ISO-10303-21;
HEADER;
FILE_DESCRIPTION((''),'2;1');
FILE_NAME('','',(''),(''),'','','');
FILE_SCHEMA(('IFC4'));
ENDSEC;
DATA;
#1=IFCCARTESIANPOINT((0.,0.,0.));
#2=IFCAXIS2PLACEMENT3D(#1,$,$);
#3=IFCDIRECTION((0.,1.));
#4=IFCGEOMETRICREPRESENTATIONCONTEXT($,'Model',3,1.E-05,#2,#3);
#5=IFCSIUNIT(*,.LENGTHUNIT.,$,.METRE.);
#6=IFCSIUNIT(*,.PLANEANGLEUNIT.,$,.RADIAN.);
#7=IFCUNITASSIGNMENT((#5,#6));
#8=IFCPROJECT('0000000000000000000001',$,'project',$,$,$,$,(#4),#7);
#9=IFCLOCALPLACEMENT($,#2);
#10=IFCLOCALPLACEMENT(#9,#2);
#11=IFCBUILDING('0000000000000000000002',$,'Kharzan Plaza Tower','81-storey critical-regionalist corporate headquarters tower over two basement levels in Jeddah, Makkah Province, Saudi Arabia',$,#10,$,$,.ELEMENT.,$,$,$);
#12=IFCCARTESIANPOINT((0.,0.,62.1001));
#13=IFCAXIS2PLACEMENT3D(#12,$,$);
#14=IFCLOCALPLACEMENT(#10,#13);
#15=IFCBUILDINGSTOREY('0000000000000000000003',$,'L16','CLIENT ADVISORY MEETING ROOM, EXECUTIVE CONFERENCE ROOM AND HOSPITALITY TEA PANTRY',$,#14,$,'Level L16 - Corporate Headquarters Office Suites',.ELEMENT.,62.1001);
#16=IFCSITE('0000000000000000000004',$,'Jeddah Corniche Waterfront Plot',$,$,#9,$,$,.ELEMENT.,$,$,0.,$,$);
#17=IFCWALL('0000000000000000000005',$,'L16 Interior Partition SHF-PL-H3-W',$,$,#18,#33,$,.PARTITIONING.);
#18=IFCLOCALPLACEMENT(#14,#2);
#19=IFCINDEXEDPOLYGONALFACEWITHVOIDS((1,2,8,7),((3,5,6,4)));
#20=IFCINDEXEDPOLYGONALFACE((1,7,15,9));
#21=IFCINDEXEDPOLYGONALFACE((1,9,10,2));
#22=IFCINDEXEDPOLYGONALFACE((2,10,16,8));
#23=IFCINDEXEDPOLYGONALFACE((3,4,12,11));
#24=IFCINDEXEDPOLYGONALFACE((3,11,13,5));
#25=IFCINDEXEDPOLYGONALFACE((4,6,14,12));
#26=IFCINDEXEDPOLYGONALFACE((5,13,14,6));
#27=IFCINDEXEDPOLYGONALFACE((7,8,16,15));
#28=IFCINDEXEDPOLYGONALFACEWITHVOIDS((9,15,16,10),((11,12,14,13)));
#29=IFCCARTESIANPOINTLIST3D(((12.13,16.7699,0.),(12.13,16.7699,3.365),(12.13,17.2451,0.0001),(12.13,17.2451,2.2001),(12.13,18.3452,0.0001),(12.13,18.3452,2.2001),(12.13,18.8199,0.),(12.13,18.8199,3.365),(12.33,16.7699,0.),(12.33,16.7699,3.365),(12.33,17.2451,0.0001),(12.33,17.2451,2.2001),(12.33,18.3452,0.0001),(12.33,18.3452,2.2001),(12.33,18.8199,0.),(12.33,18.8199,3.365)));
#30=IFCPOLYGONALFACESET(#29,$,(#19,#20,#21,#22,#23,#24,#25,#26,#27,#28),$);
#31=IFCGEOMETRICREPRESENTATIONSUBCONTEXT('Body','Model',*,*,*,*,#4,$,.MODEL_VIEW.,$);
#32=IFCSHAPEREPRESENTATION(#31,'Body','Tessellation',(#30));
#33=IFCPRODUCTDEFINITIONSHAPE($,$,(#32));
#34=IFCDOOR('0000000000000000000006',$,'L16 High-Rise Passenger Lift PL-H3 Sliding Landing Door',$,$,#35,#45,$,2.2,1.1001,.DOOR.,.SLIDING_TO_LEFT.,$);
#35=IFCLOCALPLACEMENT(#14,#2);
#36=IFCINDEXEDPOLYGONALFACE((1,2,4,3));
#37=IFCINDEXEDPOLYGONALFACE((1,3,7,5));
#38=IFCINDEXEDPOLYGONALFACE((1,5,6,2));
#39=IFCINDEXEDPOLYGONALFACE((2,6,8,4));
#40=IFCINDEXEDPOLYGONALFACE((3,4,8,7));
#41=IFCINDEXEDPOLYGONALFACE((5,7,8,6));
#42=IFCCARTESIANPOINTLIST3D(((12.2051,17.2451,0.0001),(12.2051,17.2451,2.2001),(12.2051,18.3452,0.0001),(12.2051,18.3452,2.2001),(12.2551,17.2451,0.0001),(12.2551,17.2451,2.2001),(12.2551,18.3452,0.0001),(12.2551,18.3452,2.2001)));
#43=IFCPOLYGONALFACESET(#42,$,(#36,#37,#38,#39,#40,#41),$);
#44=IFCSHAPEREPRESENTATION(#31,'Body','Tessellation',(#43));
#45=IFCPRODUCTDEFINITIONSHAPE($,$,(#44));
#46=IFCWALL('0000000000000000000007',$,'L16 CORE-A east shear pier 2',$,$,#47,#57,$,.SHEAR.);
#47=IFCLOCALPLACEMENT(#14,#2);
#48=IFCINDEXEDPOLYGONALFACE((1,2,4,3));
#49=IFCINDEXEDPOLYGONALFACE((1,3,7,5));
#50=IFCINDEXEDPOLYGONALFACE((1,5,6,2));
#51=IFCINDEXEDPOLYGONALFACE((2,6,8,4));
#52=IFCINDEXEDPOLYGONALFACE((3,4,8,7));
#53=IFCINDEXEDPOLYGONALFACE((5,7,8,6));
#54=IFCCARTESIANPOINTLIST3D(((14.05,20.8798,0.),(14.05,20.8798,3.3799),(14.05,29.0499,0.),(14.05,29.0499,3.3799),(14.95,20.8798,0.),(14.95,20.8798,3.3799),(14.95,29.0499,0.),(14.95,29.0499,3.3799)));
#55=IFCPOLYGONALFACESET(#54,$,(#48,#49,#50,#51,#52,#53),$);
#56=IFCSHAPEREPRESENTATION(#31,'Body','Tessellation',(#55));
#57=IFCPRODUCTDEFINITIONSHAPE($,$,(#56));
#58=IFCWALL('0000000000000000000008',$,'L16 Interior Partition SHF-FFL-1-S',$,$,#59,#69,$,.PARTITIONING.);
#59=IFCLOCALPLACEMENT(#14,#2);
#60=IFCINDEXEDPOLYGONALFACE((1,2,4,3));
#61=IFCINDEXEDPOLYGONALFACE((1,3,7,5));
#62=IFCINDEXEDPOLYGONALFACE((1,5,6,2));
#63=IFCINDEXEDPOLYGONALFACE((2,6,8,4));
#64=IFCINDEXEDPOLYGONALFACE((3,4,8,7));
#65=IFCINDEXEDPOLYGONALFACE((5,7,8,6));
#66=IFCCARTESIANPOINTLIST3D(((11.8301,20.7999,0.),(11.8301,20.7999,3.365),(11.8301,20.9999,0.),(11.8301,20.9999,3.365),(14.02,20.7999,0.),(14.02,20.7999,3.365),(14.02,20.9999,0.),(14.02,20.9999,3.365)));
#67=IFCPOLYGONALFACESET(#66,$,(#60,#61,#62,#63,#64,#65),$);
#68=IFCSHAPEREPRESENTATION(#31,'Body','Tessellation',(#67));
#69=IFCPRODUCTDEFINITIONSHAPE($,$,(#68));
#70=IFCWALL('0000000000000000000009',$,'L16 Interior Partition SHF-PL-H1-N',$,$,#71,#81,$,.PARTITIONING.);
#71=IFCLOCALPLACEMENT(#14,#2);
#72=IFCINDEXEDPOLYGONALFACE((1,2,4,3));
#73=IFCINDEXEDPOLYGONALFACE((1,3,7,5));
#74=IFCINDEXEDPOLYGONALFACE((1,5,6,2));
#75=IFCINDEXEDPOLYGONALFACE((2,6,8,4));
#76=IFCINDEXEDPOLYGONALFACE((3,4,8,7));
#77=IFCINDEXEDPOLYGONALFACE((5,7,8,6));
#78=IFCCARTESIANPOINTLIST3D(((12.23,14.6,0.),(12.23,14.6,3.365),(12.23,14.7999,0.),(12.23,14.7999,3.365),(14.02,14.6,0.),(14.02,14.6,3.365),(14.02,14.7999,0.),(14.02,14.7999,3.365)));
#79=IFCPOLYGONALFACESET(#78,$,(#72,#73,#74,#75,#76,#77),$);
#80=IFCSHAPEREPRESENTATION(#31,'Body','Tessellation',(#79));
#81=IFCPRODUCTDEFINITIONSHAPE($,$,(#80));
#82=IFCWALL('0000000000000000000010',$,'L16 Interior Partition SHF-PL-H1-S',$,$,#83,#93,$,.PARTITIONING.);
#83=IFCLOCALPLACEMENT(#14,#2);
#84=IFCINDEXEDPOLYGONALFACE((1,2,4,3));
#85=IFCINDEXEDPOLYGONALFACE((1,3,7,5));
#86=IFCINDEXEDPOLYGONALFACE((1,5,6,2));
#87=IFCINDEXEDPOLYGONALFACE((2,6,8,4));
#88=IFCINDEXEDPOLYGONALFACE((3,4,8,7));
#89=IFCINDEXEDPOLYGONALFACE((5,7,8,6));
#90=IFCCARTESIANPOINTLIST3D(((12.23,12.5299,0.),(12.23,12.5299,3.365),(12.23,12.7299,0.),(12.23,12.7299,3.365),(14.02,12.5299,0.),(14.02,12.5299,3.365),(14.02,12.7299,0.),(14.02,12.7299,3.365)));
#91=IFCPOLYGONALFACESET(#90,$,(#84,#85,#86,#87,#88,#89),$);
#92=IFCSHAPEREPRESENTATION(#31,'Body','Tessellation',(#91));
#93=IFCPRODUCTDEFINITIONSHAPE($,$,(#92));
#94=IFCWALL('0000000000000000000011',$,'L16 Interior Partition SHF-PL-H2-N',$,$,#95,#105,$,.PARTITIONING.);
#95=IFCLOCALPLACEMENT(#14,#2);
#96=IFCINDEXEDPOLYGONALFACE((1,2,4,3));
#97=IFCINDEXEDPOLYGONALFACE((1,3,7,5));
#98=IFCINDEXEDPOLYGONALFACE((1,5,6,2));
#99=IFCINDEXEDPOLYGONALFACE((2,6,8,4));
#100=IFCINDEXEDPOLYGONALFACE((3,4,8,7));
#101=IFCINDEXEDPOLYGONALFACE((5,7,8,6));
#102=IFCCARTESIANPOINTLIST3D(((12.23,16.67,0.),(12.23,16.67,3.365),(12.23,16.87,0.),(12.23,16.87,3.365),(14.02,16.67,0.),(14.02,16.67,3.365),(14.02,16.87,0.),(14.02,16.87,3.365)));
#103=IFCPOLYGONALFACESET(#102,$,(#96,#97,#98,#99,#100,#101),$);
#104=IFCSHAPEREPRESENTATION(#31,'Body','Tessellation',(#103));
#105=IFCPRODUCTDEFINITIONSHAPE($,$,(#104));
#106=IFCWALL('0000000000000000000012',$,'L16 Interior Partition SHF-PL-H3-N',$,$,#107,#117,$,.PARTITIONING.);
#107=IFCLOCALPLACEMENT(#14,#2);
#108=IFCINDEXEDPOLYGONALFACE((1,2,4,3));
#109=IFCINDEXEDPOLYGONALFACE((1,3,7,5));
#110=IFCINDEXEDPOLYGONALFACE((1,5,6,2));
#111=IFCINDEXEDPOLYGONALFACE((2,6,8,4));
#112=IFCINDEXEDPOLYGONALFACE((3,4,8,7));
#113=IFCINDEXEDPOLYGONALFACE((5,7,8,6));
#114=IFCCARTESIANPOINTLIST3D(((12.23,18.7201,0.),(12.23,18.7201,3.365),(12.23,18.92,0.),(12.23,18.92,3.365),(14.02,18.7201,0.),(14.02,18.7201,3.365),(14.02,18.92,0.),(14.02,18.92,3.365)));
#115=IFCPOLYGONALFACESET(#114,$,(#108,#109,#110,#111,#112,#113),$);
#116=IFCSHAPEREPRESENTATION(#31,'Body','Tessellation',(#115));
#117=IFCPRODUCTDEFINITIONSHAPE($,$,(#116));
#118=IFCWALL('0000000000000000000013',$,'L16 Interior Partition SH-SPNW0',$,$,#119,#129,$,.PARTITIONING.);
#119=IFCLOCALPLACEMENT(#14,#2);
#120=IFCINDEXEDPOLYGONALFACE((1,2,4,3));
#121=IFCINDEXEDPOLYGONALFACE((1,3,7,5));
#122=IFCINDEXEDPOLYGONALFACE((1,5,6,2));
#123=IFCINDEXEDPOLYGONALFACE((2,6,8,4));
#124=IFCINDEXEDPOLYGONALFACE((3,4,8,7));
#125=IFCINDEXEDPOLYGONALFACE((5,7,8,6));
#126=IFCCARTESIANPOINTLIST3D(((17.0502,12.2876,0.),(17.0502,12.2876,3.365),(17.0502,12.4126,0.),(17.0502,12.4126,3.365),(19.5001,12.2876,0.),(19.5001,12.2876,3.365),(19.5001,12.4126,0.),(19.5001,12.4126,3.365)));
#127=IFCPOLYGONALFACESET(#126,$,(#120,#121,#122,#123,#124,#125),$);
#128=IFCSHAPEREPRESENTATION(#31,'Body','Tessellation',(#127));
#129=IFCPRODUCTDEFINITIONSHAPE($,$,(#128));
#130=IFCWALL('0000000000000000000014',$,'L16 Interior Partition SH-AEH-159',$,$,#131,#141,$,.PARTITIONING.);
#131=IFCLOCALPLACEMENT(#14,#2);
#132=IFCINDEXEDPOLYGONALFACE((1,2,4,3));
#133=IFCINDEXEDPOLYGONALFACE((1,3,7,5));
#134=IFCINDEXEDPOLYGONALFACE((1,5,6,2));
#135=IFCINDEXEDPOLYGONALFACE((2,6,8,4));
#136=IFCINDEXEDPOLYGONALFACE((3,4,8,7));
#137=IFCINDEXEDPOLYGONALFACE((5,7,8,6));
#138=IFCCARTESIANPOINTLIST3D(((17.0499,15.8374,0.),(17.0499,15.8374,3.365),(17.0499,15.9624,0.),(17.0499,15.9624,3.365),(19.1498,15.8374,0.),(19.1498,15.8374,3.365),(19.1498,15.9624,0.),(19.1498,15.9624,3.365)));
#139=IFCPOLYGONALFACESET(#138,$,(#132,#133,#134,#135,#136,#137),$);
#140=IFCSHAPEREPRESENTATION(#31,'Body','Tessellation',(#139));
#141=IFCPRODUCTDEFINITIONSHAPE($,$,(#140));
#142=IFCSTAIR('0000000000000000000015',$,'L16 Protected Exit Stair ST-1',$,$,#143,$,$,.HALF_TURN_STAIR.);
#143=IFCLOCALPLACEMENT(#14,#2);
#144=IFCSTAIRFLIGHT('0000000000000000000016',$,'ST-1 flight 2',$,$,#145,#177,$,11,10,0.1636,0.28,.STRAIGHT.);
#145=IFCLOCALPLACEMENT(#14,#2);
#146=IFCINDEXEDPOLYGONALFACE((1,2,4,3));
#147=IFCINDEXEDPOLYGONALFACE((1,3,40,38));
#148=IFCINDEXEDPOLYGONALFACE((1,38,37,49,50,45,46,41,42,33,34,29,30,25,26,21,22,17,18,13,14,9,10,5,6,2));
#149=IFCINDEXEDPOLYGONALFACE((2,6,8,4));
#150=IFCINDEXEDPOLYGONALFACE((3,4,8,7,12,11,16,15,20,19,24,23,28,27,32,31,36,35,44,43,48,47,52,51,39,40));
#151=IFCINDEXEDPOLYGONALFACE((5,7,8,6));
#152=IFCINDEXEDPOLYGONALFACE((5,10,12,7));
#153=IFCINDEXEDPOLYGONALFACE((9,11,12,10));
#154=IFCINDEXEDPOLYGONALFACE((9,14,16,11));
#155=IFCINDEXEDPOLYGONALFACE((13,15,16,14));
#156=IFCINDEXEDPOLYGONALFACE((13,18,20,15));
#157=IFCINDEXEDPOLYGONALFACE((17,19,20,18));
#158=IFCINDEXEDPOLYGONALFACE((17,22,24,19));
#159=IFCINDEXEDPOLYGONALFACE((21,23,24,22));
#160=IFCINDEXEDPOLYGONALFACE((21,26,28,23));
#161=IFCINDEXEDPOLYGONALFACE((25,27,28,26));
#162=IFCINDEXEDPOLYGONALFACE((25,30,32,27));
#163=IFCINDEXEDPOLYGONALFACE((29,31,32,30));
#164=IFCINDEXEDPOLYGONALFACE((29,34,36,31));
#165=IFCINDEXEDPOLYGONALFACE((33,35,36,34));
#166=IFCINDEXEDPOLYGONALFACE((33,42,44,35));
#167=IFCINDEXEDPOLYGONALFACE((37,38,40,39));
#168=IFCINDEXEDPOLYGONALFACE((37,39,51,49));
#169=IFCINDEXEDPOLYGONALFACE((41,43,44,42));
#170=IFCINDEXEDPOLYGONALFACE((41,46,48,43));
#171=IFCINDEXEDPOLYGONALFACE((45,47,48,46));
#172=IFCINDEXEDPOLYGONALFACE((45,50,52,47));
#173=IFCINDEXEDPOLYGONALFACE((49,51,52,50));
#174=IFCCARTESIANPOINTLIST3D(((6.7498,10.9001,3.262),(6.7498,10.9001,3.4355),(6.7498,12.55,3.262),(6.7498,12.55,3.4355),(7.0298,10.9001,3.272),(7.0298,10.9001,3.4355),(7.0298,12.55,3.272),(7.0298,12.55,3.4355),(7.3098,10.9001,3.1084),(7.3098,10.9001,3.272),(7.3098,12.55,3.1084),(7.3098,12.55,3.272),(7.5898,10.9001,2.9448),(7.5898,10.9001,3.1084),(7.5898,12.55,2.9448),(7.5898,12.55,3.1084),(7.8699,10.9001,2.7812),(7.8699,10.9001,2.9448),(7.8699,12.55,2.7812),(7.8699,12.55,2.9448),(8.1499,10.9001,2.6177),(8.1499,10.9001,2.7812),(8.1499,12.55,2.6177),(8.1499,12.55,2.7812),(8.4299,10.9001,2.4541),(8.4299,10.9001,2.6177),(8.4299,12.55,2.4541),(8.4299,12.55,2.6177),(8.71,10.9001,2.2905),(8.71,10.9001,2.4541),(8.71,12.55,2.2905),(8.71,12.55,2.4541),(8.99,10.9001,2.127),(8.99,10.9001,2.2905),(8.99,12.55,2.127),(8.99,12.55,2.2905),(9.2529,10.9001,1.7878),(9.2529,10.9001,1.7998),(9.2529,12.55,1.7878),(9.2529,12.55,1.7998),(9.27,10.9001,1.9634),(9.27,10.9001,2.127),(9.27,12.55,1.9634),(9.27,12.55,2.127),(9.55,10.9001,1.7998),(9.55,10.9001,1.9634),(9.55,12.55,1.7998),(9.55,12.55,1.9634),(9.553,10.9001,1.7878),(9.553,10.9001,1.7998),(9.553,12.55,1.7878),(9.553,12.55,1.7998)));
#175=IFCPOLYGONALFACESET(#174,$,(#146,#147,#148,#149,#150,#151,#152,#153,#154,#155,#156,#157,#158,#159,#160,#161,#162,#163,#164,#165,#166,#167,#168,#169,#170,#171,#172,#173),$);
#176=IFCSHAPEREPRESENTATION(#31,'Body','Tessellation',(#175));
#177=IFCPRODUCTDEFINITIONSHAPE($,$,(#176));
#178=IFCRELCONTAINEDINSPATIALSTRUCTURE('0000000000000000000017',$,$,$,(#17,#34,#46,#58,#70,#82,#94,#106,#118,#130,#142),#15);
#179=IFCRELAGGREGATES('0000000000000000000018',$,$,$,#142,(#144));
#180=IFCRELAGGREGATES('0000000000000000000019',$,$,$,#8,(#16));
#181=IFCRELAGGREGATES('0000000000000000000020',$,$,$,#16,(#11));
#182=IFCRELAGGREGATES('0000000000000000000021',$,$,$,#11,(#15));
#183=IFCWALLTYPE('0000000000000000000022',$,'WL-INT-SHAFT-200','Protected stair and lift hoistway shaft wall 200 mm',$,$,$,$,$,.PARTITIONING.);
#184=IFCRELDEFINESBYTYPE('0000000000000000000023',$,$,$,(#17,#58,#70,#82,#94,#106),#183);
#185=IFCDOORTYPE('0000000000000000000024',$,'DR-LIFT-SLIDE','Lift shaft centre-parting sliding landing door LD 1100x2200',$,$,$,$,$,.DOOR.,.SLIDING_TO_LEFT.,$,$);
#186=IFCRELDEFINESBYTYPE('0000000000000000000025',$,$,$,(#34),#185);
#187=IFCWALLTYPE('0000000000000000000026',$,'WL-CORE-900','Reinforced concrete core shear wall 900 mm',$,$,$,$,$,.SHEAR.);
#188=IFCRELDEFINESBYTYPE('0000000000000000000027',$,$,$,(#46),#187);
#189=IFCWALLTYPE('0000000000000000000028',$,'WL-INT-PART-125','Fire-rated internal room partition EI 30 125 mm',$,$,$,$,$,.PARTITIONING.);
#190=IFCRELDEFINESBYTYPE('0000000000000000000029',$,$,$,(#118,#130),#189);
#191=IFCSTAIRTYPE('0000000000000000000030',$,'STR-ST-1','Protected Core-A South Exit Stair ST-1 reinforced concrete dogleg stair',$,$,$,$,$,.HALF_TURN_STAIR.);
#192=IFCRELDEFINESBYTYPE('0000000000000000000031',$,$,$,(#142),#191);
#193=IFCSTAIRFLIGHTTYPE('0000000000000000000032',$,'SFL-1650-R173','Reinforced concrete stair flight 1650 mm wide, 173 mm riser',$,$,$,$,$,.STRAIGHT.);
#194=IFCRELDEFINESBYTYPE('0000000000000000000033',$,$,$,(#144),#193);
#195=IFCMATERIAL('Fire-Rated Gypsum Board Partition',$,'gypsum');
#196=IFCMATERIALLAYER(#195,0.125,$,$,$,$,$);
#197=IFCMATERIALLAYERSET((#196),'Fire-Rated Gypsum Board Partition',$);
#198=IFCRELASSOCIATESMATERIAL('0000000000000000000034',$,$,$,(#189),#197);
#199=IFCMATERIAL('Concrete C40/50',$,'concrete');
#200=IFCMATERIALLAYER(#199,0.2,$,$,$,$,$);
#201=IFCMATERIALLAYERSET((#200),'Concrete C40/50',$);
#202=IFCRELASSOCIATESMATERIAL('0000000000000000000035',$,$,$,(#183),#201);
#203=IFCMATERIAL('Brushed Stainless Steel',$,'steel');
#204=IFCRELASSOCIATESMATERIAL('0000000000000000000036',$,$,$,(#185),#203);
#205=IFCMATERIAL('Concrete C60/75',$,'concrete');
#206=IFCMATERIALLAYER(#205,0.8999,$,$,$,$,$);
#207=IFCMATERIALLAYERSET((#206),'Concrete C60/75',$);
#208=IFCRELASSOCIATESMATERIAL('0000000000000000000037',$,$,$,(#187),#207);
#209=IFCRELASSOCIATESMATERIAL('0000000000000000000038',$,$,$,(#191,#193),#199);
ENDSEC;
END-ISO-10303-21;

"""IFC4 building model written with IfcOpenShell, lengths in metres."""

from ifc_helpers import new_model, si_unit, direction, frame, frame_2d, origin, place, context, subcontext, project, spatial, polyline, rectangle, outline, extrude, source, transform, mapped, material, layer, layer_set, type_object, element, fill, aggregate, save


model = new_model("IFC4")

# Units and contexts
model_context = context("Model", 3, precision=1e-05, world=origin(), true_north=direction((0.0, 1.0)))
body_context = subcontext(model_context, "Body", "Model", "MODEL_VIEW")
ifc_project = project(units=[si_unit("LENGTHUNIT", "METRE"), si_unit("PLANEANGLEUNIT", "RADIAN")], contexts=[model_context])

# Site, building, storey
site_placement = place(None, origin())
site = spatial("IfcSite", under=ifc_project, at=site_placement, Name="Jeddah Corniche Waterfront Plot", CompositionType="ELEMENT", RefElevation=0.0)
building_placement = place(site_placement, origin())
building = spatial("IfcBuilding", under=site, at=building_placement, Name="Kharzan Plaza Tower", Description="81-storey critical-regionalist corporate headquarters tower over two basement levels in Jeddah, Makkah Province, Saudi Arabia", CompositionType="ELEMENT")
storey_placement = place(building_placement, frame((0.0, 0.0, 62.1001)))
storey = spatial("IfcBuildingStorey", under=building, at=storey_placement, Name="L16", Description="CLIENT ADVISORY MEETING ROOM, EXECUTIVE CONFERENCE ROOM AND HOSPITALITY TEA PANTRY", LongName="Level L16 - Corporate Headquarters Office Suites", CompositionType="ELEMENT", Elevation=62.1001)

# Shared definitions
ifc_material_1 = material(Name="Concrete C60/75", Category="concrete")

# Wall, opening, door
ifc_material_2 = material(Name="Fire-Rated Gypsum Board Partition", Category="gypsum")
ifc_layer_1 = layer(ifc_material_2, 0.125)
ifc_layer_set_1 = layer_set([ifc_layer_1], Name="Fire-Rated Gypsum Board Partition")
wall_type_1 = type_object("IfcWallType", Name="WL-INT-PART-125", Description="Fire-rated internal room partition EI 30 125 mm", PredefinedType="PARTITIONING", material=ifc_layer_set_1)
ifc_material_3 = material(Name="Concrete C40/50", Category="concrete")
ifc_layer_2 = layer(ifc_material_3, 0.2)
ifc_layer_set_2 = layer_set([ifc_layer_2], Name="Concrete C40/50")
wall_type_2 = type_object("IfcWallType", Name="WL-INT-SHAFT-200", Description="Protected stair and lift hoistway shaft wall 200 mm", PredefinedType="PARTITIONING", material=ifc_layer_set_2)
ifc_material_4 = material(Name="Brushed Stainless Steel", Category="steel")
door_type_1 = type_object("IfcDoorType", Name="DR-LIFT-SLIDE", Description="Lift shaft centre-parting sliding landing door LD 1100x2200", OperationType="SLIDING_TO_LEFT", PredefinedType="DOOR", material=ifc_material_4)
shared_shape_1 = source(origin(), body_context, "Body", "SweptSolid", [
    extrude(rectangle(XDim=1.1001, YDim=2.2, at=frame_2d((0.55, 1.1001))), frame((0.0, 0.0249, 0.0), z_axis=(0.0, -1.0, 0.0), x_axis=(1.0, 0.0, 0.0)), (0.0, 0.0, 1.0), 0.05),
])
wall_1_placement = place(storey_placement, frame((12.23, 16.77, 0.0), z_axis=(0.0, 0.0, 1.0), x_axis=(0.0, 1.0, 0.0)))
wall_1 = element("IfcWall", 1, at=wall_1_placement, inside=storey, type_object=wall_type_2, Name="L16 Interior Partition SHF-PL-H3-W", PredefinedType="PARTITIONING", context=body_context, shape_type="SweptSolid", body=[
    extrude(rectangle(XDim=2.05, YDim=0.2, at=frame_2d((1.0249, 0.0))), origin(), (0.0, 0.0, 1.0), 3.365),
])
opening_1_placement = place(wall_1_placement, frame((0.4751, 0.0, 0.0)))
opening_1 = element("IfcOpeningElement", 2, at=opening_1_placement, cuts=wall_1, PredefinedType="OPENING", context=body_context, shape_type="SweptSolid", body=[
    extrude(rectangle(XDim=1.1001, YDim=2.2, at=frame_2d((0.55, 1.1001))), frame((0.0, 0.1099, 0.0), z_axis=(0.0, -1.0, 0.0), x_axis=(1.0, 0.0, 0.0)), (0.0, 0.0, 1.0), 0.22),
])
door_1_placement = place(opening_1_placement, origin())
door_1 = element("IfcDoor", 3, at=door_1_placement, inside=storey, type_object=door_type_1, Name="L16 High-Rise Passenger Lift PL-H3 Sliding Landing Door", OperationType="SLIDING_TO_LEFT", OverallHeight=2.2, OverallWidth=1.1001, PredefinedType="DOOR", context=body_context, shape_type="MappedRepresentation", body=[
    mapped(shared_shape_1, transform((0.0, 0.0, 0.0), x_axis=(1.0, 0.0, 0.0), y_axis=(0.0, 1.0, 0.0), z_axis=(0.0, 0.0, 1.0))),
])
fill(opening_1, door_1)

# Walls
ifc_layer_3 = layer(ifc_material_1, 0.8999)
ifc_layer_set_3 = layer_set([ifc_layer_3], Name="Concrete C60/75")
wall_type_3 = type_object("IfcWallType", Name="WL-CORE-900", Description="Reinforced concrete core shear wall 900 mm", PredefinedType="SHEAR", material=ifc_layer_set_3)
shared_shape_2 = source(origin(), body_context, "Body", "SweptSolid", [
    extrude(rectangle(XDim=8.1702, YDim=0.8999, at=frame_2d((4.085, 0.0))), origin(), (0.0, 0.0, 1.0), 3.3799),
])
wall_2_placement = place(storey_placement, frame((14.5, 20.8799, 0.0), z_axis=(0.0, 0.0, 1.0), x_axis=(0.0, 1.0, 0.0)))
element("IfcWall", 4, at=wall_2_placement, inside=storey, type_object=wall_type_3, Name="L16 CORE-A east shear pier 2", PredefinedType="SHEAR", context=body_context, shape_type="MappedRepresentation", body=[
    mapped(shared_shape_2, transform((0.0, 0.0, 0.0), x_axis=(1.0, 0.0, 0.0), y_axis=(0.0, 1.0, 0.0), z_axis=(0.0, 0.0, 1.0))),
])
shared_shape_3 = source(origin(), body_context, "Body", "SweptSolid", [
    extrude(rectangle(XDim=2.1899, YDim=0.2, at=frame_2d((1.095, 0.0))), origin(), (0.0, 0.0, 1.0), 3.365),
])
wall_3_placement = place(storey_placement, frame((11.8301, 20.8999, 0.0), z_axis=(0.0, 0.0, 1.0), x_axis=(1.0, 0.0, 0.0)))
element("IfcWall", 5, at=wall_3_placement, inside=storey, type_object=wall_type_2, Name="L16 Interior Partition SHF-FFL-1-S", PredefinedType="PARTITIONING", context=body_context, shape_type="MappedRepresentation", body=[
    mapped(shared_shape_3, transform((0.0, 0.0, 0.0), x_axis=(1.0, 0.0, 0.0), y_axis=(0.0, 1.0, 0.0), z_axis=(0.0, 0.0, 1.0))),
])
shared_shape_4 = source(origin(), body_context, "Body", "SweptSolid", [
    extrude(rectangle(XDim=1.79, YDim=0.2, at=frame_2d((0.895, 0.0))), origin(), (0.0, 0.0, 1.0), 3.365),
])
for number, where, z_axis, x_axis, name in (
    (6, (12.23, 14.7, 0.0), (0.0, 0.0, 1.0), (1.0, 0.0, 0.0), "L16 Interior Partition SHF-PL-H1-N"),
    (7, (12.23, 12.6299, 0.0), (0.0, 0.0, 1.0), (1.0, 0.0, 0.0), "L16 Interior Partition SHF-PL-H1-S"),
    (8, (12.23, 16.77, 0.0), (0.0, 0.0, 1.0), (1.0, 0.0, 0.0), "L16 Interior Partition SHF-PL-H2-N"),
    (9, (12.23, 18.8201, 0.0), (0.0, 0.0, 1.0), (1.0, 0.0, 0.0), "L16 Interior Partition SHF-PL-H3-N"),
):
    element("IfcWall", number, at=place(storey_placement, frame(where, z_axis=z_axis, x_axis=x_axis)), inside=storey, type_object=wall_type_2, Name=name, PredefinedType="PARTITIONING", context=body_context, shape_type="MappedRepresentation", body=[
        mapped(shared_shape_4, transform((0.0, 0.0, 0.0), x_axis=(1.0, 0.0, 0.0), y_axis=(0.0, 1.0, 0.0), z_axis=(0.0, 0.0, 1.0))),
    ])
shared_shape_5 = source(origin(), body_context, "Body", "SweptSolid", [
    extrude(rectangle(XDim=2.45, YDim=0.125, at=frame_2d((1.2251, 0.0))), origin(), (0.0, 0.0, 1.0), 3.365),
])
wall_4_placement = place(storey_placement, frame((17.05, 12.3501, 0.0), z_axis=(0.0, 0.0, 1.0), x_axis=(1.0, 0.0, 0.0)))
element("IfcWall", 10, at=wall_4_placement, inside=storey, type_object=wall_type_1, Name="L16 Interior Partition SH-SPNW0", PredefinedType="PARTITIONING", context=body_context, shape_type="MappedRepresentation", body=[
    mapped(shared_shape_5, transform((0.0, 0.0, 0.0), x_axis=(1.0, 0.0, 0.0), y_axis=(0.0, 1.0, 0.0), z_axis=(0.0, 0.0, 1.0))),
])
shared_shape_6 = source(origin(), body_context, "Body", "SweptSolid", [
    extrude(rectangle(XDim=2.0999, YDim=0.125, at=frame_2d((1.0498, 0.0))), origin(), (0.0, 0.0, 1.0), 3.365),
])
wall_5_placement = place(storey_placement, frame((17.05, 15.8999, 0.0), z_axis=(0.0, 0.0, 1.0), x_axis=(1.0, 0.0, 0.0)))
element("IfcWall", 11, at=wall_5_placement, inside=storey, type_object=wall_type_1, Name="L16 Interior Partition SH-AEH-159", PredefinedType="PARTITIONING", context=body_context, shape_type="MappedRepresentation", body=[
    mapped(shared_shape_6, transform((0.0, 0.0, 0.0), x_axis=(1.0, 0.0, 0.0), y_axis=(0.0, 1.0, 0.0), z_axis=(0.0, 0.0, 1.0))),
])

# Stair, stair flight
stair_type = type_object("IfcStairType", Name="STR-ST-1", Description="Protected Core-A South Exit Stair ST-1 reinforced concrete dogleg stair", PredefinedType="HALF_TURN_STAIR", material=ifc_material_3)
stair_placement = place(storey_placement, origin())
stair = element("IfcStair", 12, at=stair_placement, inside=storey, type_object=stair_type, Name="L16 Protected Exit Stair ST-1", PredefinedType="HALF_TURN_STAIR")
stair_flight_type = type_object("IfcStairFlightType", Name="SFL-1650-R173", Description="Reinforced concrete stair flight 1650 mm wide, 173 mm riser", PredefinedType="STRAIGHT", material=ifc_material_3)
shared_shape_7 = source(origin(), body_context, "Body", "SweptSolid", [
    extrude(outline(polyline([(-0.0029, -0.012), (-0.0029, 0.0), (0.0, 0.0), (0.0, 0.1636), (0.28, 0.1636), (0.28, 0.3271), (0.5601, 0.3271), (0.5601, 0.4907), (0.8401, 0.4907), (0.8401, 0.6543), (1.1201, 0.6543), (1.1201, 0.8179), (1.4001, 0.8179), (1.4001, 0.9814), (1.6802, 0.9814), (1.6802, 1.145), (1.9602, 1.145), (1.9602, 1.3086), (2.2402, 1.3086), (2.2402, 1.4722), (2.5203, 1.4722), (2.5203, 1.6357), (2.8003, 1.6357), (2.8003, 1.7993), (2.8003, 1.4622), (0.2971, 0.0), (0.2971, -0.012), (-0.0029, -0.012)])), frame((0.0, 0.825, 0.0), z_axis=(0.0, -1.0, 0.0), x_axis=(1.0, 0.0, 0.0)), (0.0, 0.0, 1.0), 1.6499),
])
stair_flight_placement = place(storey_placement, frame((9.55, 11.7251, 1.7998), z_axis=(0.0, 0.0, 1.0), x_axis=(-1.0, 0.0, 0.0)))
stair_flight = element("IfcStairFlight", 13, at=stair_flight_placement, type_object=stair_flight_type, Name="ST-1 flight 2", NumberOfRisers=11, NumberOfTreads=10, PredefinedType="STRAIGHT", RiserHeight=0.1636, TreadLength=0.28, context=body_context, shape_type="MappedRepresentation", body=[
    mapped(shared_shape_7, transform((0.0, 0.0, 0.0), x_axis=(1.0, 0.0, 0.0), y_axis=(0.0, 1.0, 0.0), z_axis=(0.0, 0.0, 1.0))),
])
aggregate(stair, [stair_flight])

save(model, "model.ifc")
